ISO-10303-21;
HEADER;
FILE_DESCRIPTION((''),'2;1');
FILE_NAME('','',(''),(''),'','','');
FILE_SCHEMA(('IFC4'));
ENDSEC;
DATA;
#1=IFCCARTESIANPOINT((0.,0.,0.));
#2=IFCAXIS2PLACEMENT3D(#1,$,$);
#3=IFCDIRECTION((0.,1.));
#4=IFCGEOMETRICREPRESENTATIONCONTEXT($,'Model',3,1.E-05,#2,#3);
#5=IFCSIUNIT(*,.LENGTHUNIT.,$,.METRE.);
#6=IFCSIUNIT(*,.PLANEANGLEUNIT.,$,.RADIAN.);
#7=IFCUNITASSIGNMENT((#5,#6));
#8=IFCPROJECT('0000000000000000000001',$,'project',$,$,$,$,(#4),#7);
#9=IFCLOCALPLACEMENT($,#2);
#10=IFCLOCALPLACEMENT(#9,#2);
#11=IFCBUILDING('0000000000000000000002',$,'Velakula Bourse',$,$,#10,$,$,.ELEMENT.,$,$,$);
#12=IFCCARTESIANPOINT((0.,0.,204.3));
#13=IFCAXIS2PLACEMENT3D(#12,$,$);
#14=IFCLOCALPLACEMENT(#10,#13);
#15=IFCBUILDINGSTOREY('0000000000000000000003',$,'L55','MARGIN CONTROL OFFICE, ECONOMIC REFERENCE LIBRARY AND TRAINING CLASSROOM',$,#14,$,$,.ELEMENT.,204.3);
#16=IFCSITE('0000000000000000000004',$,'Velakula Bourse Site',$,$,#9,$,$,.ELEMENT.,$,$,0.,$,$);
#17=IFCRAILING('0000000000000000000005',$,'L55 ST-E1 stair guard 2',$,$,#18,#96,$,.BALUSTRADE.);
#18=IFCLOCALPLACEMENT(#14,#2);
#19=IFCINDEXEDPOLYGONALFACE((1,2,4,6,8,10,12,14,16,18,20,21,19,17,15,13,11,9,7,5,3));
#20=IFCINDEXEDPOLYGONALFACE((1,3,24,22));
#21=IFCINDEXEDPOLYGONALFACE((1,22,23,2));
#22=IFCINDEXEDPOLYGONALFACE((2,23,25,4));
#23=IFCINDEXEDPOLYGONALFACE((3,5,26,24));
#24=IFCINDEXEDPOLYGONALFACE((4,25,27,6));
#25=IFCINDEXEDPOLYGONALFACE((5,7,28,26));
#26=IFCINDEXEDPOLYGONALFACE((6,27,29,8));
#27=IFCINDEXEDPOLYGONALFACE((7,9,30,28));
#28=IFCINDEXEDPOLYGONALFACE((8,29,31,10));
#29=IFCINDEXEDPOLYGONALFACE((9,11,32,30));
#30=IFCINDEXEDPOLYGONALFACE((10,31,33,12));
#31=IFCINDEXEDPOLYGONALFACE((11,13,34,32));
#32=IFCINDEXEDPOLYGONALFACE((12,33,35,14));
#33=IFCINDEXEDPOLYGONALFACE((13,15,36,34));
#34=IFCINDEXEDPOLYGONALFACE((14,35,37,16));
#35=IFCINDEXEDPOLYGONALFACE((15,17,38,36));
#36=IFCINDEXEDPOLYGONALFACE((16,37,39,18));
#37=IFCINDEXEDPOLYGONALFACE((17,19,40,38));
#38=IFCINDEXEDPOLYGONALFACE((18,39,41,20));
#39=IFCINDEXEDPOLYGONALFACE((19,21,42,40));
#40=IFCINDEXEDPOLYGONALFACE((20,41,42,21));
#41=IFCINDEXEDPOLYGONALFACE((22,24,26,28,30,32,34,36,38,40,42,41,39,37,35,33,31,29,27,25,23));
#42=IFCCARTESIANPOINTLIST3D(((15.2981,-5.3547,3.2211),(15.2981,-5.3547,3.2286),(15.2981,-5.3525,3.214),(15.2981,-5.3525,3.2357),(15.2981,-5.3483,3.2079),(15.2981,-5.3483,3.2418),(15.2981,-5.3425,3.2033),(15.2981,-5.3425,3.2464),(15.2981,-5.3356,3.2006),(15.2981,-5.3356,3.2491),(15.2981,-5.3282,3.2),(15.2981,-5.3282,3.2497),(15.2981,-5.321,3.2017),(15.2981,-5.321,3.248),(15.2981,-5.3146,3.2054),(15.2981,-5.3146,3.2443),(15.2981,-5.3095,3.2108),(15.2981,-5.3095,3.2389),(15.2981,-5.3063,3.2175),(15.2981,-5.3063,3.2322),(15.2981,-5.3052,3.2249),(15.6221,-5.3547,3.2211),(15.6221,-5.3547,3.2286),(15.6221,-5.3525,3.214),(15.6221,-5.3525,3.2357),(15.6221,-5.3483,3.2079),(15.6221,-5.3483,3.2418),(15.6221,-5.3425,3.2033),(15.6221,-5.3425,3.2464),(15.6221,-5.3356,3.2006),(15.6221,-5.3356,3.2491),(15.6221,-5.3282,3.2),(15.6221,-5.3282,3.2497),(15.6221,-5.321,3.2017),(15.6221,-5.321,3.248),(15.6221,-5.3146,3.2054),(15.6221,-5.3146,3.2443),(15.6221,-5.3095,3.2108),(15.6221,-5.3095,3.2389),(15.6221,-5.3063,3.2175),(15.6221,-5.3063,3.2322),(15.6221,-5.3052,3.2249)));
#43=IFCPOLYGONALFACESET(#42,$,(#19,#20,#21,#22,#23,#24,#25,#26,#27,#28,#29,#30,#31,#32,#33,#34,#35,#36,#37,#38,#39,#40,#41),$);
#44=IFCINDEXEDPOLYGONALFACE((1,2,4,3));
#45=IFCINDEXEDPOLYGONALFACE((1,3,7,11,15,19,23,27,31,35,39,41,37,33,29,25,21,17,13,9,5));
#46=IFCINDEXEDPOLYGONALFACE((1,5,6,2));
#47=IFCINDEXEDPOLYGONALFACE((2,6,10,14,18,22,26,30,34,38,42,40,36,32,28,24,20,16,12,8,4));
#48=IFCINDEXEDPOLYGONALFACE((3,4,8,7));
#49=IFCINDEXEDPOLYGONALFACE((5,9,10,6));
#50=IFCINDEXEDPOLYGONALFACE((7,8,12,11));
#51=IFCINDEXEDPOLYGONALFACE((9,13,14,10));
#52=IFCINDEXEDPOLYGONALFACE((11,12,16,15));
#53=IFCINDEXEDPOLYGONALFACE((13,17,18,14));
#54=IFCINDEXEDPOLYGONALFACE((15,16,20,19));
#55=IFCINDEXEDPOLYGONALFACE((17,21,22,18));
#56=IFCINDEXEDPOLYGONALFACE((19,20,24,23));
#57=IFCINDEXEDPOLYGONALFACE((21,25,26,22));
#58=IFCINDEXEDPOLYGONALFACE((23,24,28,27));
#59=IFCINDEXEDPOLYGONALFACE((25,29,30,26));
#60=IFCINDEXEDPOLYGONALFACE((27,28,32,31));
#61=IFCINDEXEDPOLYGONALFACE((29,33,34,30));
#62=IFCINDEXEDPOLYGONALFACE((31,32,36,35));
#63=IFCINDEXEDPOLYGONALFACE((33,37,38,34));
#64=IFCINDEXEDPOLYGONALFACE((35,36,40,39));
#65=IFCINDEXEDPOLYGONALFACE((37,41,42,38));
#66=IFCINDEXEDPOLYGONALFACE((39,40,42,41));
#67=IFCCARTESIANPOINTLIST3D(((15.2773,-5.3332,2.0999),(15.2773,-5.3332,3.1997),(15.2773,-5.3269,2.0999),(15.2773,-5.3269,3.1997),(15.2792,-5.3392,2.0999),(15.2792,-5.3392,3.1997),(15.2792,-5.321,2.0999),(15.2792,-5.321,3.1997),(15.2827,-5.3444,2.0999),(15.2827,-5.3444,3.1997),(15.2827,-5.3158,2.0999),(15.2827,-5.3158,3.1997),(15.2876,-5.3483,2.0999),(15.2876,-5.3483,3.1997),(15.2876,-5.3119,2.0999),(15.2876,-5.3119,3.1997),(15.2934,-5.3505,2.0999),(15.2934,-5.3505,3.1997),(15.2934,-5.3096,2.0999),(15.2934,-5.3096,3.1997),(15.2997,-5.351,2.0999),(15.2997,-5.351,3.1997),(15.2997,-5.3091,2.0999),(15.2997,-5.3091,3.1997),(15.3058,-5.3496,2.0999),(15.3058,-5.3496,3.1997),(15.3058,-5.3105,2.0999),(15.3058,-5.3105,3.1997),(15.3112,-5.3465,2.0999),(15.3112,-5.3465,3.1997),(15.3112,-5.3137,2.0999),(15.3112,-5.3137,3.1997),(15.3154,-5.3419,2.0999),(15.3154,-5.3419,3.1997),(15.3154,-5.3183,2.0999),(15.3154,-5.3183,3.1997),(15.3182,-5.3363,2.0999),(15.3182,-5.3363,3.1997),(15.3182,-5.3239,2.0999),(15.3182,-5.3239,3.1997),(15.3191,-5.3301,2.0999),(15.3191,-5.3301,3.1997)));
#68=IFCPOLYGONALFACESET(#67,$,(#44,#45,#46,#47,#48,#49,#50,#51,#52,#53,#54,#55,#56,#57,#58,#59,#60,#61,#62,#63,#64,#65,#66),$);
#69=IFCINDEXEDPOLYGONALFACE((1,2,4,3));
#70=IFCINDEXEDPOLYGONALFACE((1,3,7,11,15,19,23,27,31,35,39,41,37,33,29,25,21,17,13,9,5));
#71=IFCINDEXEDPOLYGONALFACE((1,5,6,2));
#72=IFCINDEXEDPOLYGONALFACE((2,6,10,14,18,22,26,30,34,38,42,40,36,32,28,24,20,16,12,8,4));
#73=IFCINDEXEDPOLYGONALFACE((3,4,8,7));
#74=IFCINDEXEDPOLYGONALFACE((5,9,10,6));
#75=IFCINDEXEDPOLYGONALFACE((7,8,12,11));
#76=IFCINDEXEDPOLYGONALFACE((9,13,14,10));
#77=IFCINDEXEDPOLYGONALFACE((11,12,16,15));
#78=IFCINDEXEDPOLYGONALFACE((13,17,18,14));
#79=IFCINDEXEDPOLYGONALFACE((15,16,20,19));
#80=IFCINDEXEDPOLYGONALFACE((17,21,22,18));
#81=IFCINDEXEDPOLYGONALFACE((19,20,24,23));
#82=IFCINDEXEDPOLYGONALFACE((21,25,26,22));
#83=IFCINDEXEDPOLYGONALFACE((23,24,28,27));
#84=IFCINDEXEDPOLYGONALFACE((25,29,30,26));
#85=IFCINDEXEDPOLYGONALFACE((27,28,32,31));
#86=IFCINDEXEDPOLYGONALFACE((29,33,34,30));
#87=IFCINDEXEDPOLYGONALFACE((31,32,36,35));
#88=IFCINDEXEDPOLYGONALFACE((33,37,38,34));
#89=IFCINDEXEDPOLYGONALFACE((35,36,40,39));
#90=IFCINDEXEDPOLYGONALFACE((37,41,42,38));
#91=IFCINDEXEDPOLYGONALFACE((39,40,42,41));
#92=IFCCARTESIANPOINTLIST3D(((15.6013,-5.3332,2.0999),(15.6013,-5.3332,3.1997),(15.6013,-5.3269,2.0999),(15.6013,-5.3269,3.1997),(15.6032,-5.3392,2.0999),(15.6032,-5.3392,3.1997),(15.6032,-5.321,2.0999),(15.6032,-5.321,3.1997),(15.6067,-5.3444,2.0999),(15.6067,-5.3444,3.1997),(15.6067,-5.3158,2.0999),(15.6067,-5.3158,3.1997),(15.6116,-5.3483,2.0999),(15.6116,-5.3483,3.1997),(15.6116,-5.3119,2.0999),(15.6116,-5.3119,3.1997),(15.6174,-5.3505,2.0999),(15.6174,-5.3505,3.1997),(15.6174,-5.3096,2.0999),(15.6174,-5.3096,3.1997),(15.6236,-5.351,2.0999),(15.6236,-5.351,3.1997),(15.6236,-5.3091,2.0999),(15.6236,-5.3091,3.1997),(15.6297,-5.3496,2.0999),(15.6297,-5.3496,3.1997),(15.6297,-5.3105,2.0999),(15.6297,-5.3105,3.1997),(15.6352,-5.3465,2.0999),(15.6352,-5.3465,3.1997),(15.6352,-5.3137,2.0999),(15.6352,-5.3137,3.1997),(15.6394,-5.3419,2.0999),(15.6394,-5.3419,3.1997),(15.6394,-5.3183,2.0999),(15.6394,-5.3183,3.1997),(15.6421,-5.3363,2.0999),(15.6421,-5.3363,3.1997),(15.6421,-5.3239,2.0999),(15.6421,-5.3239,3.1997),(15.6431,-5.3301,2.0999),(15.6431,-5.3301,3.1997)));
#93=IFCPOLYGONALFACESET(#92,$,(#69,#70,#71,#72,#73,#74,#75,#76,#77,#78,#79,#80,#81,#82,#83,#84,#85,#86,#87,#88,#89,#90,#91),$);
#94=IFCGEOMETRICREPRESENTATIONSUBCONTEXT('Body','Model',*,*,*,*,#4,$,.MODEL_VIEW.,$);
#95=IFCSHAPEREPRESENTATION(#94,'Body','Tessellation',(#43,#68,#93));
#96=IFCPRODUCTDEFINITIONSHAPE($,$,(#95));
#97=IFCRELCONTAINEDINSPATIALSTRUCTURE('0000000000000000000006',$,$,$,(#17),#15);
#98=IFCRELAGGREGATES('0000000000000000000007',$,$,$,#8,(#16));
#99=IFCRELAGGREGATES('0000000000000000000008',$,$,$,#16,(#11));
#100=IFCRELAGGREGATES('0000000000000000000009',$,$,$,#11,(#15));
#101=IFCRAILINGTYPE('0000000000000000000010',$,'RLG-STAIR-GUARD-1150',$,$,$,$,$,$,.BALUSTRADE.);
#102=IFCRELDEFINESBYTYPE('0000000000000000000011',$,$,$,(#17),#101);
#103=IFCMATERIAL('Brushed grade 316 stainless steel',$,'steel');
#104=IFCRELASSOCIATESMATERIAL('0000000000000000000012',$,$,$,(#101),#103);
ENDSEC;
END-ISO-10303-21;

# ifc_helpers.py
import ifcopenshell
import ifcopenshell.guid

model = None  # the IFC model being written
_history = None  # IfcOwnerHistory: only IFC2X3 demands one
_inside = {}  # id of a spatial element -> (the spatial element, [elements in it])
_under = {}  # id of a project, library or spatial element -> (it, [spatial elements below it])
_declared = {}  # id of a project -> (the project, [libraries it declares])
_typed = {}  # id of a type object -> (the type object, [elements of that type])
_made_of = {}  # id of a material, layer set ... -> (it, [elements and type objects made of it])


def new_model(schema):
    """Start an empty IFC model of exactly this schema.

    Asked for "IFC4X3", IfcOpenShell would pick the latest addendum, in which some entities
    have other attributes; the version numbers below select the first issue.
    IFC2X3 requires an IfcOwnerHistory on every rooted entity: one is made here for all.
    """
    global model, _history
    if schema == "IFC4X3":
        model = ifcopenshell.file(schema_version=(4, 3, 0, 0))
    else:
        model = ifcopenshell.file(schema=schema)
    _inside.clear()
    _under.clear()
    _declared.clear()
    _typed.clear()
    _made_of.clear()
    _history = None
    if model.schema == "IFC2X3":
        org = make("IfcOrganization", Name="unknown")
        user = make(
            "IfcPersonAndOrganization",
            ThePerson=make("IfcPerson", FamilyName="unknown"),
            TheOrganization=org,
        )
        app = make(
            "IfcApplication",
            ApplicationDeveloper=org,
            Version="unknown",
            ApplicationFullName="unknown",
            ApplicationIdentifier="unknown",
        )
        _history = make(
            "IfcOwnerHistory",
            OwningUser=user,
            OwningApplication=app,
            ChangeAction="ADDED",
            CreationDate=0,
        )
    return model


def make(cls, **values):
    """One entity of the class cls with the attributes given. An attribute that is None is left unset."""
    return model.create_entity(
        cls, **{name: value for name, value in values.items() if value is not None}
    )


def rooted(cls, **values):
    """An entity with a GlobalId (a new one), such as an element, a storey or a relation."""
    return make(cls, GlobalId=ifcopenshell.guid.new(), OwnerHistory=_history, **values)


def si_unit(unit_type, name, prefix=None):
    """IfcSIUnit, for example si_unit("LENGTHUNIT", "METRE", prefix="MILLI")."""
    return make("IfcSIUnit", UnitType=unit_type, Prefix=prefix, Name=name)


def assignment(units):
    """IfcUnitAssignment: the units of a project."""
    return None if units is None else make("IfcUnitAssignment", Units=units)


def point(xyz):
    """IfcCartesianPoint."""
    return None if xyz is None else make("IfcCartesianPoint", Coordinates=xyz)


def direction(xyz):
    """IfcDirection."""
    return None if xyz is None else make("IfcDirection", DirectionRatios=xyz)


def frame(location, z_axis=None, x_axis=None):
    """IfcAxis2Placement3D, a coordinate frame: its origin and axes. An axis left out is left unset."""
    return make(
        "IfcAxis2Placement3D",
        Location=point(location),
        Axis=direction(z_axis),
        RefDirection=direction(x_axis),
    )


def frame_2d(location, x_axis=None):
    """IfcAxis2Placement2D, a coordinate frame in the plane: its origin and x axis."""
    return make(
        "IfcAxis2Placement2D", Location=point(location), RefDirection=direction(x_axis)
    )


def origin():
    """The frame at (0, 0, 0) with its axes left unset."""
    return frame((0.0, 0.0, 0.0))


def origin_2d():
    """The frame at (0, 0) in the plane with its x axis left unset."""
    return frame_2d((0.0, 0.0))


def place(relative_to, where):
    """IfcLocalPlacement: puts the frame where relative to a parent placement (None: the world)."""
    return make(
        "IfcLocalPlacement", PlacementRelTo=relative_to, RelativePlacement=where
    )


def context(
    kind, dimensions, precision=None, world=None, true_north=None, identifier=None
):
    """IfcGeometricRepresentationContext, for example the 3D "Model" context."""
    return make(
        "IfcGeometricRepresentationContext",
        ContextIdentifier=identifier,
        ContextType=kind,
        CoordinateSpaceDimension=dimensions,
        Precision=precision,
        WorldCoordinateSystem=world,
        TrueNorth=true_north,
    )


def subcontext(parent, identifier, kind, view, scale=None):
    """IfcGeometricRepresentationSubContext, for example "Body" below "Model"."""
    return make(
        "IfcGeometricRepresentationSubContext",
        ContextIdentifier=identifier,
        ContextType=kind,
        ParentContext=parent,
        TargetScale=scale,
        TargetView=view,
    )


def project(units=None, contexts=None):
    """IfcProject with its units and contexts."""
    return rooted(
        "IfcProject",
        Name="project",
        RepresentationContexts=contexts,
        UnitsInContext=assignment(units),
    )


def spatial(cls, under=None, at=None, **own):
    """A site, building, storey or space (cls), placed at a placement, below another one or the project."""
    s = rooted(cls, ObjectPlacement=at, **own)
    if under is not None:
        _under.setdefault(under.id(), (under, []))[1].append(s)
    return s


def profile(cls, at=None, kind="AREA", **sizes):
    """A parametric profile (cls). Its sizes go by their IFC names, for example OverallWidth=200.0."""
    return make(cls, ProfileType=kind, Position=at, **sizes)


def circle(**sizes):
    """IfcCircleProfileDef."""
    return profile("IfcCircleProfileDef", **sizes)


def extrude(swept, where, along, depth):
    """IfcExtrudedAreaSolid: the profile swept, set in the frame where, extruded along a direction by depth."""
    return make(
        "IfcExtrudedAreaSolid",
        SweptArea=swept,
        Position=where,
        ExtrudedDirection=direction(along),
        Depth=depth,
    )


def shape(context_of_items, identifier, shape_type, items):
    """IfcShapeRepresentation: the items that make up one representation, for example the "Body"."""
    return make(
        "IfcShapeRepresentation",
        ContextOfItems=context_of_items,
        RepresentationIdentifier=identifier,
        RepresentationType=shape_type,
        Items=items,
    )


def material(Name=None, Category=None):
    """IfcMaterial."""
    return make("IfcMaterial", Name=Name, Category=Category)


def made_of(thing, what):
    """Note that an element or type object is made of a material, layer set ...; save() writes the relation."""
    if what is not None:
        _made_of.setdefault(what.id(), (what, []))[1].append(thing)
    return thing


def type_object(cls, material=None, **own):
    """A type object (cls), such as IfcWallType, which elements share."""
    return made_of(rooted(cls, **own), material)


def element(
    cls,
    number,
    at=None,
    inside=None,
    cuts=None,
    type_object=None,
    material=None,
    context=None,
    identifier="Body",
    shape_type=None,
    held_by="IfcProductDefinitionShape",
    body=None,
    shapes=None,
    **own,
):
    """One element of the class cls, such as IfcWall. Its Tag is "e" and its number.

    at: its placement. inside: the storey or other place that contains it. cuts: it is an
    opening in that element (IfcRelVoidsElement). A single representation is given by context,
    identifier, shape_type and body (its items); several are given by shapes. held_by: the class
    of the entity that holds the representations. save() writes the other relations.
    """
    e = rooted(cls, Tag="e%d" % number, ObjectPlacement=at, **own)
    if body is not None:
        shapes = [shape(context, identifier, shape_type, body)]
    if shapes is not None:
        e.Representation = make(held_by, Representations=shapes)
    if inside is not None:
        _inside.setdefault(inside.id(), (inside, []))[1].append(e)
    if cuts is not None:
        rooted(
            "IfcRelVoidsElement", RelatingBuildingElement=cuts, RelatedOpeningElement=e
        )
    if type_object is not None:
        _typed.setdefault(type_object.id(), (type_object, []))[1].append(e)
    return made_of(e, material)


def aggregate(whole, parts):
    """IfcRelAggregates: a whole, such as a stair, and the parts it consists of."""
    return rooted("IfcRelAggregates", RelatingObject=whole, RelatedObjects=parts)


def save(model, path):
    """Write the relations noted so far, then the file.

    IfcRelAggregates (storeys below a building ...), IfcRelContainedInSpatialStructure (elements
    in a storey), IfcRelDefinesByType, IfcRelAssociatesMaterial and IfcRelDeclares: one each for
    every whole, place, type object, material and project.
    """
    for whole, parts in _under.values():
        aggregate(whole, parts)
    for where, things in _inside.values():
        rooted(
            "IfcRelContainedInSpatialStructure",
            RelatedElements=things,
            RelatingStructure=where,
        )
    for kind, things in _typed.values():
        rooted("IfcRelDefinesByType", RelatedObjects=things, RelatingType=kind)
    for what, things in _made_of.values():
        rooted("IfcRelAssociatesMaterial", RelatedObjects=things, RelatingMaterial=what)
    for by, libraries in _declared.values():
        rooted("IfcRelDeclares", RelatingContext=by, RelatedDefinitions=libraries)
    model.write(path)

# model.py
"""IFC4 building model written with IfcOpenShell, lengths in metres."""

from ifc_helpers import new_model, si_unit, direction, frame, origin, origin_2d, place, context, subcontext, project, spatial, circle, extrude, material, type_object, element, save


model = new_model("IFC4")

# Units and contexts
model_context = context("Model", 3, precision=1e-05, world=origin(), true_north=direction((0.0, 1.0)))
body_context = subcontext(model_context, "Body", "Model", "MODEL_VIEW")
ifc_project = project(units=[si_unit("LENGTHUNIT", "METRE"), si_unit("PLANEANGLEUNIT", "RADIAN")], contexts=[model_context])

# Site, building, storey
site_placement = place(None, origin())
site = spatial("IfcSite", under=ifc_project, at=site_placement, Name="Velakula Bourse Site", CompositionType="ELEMENT", RefElevation=0.0)
building_placement = place(site_placement, origin())
building = spatial("IfcBuilding", under=site, at=building_placement, Name="Velakula Bourse", CompositionType="ELEMENT")
storey_placement = place(building_placement, frame((0.0, 0.0, 204.3)))
storey = spatial("IfcBuildingStorey", under=building, at=storey_placement, Name="L55", Description="MARGIN CONTROL OFFICE, ECONOMIC REFERENCE LIBRARY AND TRAINING CLASSROOM", CompositionType="ELEMENT", Elevation=204.3)

# Shared definitions
ifc_material_1 = material(Name="Brushed grade 316 stainless steel", Category="steel")

# Railing
railing_type_1 = type_object("IfcRailingType", Name="RLG-STAIR-GUARD-1150", PredefinedType="BALUSTRADE", material=ifc_material_1)
railing_1_placement = place(storey_placement, frame((15.2981, -5.3301, 2.0999)))
element("IfcRailing", 1, at=railing_1_placement, inside=storey, type_object=railing_type_1, Name="L55 ST-E1 stair guard 2", PredefinedType="BALUSTRADE", context=body_context, shape_type="SweptSolid", body=[
    extrude(circle(Radius=0.0249, at=origin_2d()), frame((0.0, 0.0, 1.125), z_axis=(1.0, 0.0, 0.0), x_axis=(0.0, 1.0, 0.0)), (0.0, 0.0, 1.0), 0.324),
    extrude(circle(Radius=0.021, at=origin_2d()), origin(), (0.0, 0.0, 1.0), 1.0999),
    extrude(circle(Radius=0.021, at=origin_2d()), frame((0.324, 0.0, 0.0)), (0.0, 0.0, 1.0), 1.0999),
])

save(model, "model.ifc")
